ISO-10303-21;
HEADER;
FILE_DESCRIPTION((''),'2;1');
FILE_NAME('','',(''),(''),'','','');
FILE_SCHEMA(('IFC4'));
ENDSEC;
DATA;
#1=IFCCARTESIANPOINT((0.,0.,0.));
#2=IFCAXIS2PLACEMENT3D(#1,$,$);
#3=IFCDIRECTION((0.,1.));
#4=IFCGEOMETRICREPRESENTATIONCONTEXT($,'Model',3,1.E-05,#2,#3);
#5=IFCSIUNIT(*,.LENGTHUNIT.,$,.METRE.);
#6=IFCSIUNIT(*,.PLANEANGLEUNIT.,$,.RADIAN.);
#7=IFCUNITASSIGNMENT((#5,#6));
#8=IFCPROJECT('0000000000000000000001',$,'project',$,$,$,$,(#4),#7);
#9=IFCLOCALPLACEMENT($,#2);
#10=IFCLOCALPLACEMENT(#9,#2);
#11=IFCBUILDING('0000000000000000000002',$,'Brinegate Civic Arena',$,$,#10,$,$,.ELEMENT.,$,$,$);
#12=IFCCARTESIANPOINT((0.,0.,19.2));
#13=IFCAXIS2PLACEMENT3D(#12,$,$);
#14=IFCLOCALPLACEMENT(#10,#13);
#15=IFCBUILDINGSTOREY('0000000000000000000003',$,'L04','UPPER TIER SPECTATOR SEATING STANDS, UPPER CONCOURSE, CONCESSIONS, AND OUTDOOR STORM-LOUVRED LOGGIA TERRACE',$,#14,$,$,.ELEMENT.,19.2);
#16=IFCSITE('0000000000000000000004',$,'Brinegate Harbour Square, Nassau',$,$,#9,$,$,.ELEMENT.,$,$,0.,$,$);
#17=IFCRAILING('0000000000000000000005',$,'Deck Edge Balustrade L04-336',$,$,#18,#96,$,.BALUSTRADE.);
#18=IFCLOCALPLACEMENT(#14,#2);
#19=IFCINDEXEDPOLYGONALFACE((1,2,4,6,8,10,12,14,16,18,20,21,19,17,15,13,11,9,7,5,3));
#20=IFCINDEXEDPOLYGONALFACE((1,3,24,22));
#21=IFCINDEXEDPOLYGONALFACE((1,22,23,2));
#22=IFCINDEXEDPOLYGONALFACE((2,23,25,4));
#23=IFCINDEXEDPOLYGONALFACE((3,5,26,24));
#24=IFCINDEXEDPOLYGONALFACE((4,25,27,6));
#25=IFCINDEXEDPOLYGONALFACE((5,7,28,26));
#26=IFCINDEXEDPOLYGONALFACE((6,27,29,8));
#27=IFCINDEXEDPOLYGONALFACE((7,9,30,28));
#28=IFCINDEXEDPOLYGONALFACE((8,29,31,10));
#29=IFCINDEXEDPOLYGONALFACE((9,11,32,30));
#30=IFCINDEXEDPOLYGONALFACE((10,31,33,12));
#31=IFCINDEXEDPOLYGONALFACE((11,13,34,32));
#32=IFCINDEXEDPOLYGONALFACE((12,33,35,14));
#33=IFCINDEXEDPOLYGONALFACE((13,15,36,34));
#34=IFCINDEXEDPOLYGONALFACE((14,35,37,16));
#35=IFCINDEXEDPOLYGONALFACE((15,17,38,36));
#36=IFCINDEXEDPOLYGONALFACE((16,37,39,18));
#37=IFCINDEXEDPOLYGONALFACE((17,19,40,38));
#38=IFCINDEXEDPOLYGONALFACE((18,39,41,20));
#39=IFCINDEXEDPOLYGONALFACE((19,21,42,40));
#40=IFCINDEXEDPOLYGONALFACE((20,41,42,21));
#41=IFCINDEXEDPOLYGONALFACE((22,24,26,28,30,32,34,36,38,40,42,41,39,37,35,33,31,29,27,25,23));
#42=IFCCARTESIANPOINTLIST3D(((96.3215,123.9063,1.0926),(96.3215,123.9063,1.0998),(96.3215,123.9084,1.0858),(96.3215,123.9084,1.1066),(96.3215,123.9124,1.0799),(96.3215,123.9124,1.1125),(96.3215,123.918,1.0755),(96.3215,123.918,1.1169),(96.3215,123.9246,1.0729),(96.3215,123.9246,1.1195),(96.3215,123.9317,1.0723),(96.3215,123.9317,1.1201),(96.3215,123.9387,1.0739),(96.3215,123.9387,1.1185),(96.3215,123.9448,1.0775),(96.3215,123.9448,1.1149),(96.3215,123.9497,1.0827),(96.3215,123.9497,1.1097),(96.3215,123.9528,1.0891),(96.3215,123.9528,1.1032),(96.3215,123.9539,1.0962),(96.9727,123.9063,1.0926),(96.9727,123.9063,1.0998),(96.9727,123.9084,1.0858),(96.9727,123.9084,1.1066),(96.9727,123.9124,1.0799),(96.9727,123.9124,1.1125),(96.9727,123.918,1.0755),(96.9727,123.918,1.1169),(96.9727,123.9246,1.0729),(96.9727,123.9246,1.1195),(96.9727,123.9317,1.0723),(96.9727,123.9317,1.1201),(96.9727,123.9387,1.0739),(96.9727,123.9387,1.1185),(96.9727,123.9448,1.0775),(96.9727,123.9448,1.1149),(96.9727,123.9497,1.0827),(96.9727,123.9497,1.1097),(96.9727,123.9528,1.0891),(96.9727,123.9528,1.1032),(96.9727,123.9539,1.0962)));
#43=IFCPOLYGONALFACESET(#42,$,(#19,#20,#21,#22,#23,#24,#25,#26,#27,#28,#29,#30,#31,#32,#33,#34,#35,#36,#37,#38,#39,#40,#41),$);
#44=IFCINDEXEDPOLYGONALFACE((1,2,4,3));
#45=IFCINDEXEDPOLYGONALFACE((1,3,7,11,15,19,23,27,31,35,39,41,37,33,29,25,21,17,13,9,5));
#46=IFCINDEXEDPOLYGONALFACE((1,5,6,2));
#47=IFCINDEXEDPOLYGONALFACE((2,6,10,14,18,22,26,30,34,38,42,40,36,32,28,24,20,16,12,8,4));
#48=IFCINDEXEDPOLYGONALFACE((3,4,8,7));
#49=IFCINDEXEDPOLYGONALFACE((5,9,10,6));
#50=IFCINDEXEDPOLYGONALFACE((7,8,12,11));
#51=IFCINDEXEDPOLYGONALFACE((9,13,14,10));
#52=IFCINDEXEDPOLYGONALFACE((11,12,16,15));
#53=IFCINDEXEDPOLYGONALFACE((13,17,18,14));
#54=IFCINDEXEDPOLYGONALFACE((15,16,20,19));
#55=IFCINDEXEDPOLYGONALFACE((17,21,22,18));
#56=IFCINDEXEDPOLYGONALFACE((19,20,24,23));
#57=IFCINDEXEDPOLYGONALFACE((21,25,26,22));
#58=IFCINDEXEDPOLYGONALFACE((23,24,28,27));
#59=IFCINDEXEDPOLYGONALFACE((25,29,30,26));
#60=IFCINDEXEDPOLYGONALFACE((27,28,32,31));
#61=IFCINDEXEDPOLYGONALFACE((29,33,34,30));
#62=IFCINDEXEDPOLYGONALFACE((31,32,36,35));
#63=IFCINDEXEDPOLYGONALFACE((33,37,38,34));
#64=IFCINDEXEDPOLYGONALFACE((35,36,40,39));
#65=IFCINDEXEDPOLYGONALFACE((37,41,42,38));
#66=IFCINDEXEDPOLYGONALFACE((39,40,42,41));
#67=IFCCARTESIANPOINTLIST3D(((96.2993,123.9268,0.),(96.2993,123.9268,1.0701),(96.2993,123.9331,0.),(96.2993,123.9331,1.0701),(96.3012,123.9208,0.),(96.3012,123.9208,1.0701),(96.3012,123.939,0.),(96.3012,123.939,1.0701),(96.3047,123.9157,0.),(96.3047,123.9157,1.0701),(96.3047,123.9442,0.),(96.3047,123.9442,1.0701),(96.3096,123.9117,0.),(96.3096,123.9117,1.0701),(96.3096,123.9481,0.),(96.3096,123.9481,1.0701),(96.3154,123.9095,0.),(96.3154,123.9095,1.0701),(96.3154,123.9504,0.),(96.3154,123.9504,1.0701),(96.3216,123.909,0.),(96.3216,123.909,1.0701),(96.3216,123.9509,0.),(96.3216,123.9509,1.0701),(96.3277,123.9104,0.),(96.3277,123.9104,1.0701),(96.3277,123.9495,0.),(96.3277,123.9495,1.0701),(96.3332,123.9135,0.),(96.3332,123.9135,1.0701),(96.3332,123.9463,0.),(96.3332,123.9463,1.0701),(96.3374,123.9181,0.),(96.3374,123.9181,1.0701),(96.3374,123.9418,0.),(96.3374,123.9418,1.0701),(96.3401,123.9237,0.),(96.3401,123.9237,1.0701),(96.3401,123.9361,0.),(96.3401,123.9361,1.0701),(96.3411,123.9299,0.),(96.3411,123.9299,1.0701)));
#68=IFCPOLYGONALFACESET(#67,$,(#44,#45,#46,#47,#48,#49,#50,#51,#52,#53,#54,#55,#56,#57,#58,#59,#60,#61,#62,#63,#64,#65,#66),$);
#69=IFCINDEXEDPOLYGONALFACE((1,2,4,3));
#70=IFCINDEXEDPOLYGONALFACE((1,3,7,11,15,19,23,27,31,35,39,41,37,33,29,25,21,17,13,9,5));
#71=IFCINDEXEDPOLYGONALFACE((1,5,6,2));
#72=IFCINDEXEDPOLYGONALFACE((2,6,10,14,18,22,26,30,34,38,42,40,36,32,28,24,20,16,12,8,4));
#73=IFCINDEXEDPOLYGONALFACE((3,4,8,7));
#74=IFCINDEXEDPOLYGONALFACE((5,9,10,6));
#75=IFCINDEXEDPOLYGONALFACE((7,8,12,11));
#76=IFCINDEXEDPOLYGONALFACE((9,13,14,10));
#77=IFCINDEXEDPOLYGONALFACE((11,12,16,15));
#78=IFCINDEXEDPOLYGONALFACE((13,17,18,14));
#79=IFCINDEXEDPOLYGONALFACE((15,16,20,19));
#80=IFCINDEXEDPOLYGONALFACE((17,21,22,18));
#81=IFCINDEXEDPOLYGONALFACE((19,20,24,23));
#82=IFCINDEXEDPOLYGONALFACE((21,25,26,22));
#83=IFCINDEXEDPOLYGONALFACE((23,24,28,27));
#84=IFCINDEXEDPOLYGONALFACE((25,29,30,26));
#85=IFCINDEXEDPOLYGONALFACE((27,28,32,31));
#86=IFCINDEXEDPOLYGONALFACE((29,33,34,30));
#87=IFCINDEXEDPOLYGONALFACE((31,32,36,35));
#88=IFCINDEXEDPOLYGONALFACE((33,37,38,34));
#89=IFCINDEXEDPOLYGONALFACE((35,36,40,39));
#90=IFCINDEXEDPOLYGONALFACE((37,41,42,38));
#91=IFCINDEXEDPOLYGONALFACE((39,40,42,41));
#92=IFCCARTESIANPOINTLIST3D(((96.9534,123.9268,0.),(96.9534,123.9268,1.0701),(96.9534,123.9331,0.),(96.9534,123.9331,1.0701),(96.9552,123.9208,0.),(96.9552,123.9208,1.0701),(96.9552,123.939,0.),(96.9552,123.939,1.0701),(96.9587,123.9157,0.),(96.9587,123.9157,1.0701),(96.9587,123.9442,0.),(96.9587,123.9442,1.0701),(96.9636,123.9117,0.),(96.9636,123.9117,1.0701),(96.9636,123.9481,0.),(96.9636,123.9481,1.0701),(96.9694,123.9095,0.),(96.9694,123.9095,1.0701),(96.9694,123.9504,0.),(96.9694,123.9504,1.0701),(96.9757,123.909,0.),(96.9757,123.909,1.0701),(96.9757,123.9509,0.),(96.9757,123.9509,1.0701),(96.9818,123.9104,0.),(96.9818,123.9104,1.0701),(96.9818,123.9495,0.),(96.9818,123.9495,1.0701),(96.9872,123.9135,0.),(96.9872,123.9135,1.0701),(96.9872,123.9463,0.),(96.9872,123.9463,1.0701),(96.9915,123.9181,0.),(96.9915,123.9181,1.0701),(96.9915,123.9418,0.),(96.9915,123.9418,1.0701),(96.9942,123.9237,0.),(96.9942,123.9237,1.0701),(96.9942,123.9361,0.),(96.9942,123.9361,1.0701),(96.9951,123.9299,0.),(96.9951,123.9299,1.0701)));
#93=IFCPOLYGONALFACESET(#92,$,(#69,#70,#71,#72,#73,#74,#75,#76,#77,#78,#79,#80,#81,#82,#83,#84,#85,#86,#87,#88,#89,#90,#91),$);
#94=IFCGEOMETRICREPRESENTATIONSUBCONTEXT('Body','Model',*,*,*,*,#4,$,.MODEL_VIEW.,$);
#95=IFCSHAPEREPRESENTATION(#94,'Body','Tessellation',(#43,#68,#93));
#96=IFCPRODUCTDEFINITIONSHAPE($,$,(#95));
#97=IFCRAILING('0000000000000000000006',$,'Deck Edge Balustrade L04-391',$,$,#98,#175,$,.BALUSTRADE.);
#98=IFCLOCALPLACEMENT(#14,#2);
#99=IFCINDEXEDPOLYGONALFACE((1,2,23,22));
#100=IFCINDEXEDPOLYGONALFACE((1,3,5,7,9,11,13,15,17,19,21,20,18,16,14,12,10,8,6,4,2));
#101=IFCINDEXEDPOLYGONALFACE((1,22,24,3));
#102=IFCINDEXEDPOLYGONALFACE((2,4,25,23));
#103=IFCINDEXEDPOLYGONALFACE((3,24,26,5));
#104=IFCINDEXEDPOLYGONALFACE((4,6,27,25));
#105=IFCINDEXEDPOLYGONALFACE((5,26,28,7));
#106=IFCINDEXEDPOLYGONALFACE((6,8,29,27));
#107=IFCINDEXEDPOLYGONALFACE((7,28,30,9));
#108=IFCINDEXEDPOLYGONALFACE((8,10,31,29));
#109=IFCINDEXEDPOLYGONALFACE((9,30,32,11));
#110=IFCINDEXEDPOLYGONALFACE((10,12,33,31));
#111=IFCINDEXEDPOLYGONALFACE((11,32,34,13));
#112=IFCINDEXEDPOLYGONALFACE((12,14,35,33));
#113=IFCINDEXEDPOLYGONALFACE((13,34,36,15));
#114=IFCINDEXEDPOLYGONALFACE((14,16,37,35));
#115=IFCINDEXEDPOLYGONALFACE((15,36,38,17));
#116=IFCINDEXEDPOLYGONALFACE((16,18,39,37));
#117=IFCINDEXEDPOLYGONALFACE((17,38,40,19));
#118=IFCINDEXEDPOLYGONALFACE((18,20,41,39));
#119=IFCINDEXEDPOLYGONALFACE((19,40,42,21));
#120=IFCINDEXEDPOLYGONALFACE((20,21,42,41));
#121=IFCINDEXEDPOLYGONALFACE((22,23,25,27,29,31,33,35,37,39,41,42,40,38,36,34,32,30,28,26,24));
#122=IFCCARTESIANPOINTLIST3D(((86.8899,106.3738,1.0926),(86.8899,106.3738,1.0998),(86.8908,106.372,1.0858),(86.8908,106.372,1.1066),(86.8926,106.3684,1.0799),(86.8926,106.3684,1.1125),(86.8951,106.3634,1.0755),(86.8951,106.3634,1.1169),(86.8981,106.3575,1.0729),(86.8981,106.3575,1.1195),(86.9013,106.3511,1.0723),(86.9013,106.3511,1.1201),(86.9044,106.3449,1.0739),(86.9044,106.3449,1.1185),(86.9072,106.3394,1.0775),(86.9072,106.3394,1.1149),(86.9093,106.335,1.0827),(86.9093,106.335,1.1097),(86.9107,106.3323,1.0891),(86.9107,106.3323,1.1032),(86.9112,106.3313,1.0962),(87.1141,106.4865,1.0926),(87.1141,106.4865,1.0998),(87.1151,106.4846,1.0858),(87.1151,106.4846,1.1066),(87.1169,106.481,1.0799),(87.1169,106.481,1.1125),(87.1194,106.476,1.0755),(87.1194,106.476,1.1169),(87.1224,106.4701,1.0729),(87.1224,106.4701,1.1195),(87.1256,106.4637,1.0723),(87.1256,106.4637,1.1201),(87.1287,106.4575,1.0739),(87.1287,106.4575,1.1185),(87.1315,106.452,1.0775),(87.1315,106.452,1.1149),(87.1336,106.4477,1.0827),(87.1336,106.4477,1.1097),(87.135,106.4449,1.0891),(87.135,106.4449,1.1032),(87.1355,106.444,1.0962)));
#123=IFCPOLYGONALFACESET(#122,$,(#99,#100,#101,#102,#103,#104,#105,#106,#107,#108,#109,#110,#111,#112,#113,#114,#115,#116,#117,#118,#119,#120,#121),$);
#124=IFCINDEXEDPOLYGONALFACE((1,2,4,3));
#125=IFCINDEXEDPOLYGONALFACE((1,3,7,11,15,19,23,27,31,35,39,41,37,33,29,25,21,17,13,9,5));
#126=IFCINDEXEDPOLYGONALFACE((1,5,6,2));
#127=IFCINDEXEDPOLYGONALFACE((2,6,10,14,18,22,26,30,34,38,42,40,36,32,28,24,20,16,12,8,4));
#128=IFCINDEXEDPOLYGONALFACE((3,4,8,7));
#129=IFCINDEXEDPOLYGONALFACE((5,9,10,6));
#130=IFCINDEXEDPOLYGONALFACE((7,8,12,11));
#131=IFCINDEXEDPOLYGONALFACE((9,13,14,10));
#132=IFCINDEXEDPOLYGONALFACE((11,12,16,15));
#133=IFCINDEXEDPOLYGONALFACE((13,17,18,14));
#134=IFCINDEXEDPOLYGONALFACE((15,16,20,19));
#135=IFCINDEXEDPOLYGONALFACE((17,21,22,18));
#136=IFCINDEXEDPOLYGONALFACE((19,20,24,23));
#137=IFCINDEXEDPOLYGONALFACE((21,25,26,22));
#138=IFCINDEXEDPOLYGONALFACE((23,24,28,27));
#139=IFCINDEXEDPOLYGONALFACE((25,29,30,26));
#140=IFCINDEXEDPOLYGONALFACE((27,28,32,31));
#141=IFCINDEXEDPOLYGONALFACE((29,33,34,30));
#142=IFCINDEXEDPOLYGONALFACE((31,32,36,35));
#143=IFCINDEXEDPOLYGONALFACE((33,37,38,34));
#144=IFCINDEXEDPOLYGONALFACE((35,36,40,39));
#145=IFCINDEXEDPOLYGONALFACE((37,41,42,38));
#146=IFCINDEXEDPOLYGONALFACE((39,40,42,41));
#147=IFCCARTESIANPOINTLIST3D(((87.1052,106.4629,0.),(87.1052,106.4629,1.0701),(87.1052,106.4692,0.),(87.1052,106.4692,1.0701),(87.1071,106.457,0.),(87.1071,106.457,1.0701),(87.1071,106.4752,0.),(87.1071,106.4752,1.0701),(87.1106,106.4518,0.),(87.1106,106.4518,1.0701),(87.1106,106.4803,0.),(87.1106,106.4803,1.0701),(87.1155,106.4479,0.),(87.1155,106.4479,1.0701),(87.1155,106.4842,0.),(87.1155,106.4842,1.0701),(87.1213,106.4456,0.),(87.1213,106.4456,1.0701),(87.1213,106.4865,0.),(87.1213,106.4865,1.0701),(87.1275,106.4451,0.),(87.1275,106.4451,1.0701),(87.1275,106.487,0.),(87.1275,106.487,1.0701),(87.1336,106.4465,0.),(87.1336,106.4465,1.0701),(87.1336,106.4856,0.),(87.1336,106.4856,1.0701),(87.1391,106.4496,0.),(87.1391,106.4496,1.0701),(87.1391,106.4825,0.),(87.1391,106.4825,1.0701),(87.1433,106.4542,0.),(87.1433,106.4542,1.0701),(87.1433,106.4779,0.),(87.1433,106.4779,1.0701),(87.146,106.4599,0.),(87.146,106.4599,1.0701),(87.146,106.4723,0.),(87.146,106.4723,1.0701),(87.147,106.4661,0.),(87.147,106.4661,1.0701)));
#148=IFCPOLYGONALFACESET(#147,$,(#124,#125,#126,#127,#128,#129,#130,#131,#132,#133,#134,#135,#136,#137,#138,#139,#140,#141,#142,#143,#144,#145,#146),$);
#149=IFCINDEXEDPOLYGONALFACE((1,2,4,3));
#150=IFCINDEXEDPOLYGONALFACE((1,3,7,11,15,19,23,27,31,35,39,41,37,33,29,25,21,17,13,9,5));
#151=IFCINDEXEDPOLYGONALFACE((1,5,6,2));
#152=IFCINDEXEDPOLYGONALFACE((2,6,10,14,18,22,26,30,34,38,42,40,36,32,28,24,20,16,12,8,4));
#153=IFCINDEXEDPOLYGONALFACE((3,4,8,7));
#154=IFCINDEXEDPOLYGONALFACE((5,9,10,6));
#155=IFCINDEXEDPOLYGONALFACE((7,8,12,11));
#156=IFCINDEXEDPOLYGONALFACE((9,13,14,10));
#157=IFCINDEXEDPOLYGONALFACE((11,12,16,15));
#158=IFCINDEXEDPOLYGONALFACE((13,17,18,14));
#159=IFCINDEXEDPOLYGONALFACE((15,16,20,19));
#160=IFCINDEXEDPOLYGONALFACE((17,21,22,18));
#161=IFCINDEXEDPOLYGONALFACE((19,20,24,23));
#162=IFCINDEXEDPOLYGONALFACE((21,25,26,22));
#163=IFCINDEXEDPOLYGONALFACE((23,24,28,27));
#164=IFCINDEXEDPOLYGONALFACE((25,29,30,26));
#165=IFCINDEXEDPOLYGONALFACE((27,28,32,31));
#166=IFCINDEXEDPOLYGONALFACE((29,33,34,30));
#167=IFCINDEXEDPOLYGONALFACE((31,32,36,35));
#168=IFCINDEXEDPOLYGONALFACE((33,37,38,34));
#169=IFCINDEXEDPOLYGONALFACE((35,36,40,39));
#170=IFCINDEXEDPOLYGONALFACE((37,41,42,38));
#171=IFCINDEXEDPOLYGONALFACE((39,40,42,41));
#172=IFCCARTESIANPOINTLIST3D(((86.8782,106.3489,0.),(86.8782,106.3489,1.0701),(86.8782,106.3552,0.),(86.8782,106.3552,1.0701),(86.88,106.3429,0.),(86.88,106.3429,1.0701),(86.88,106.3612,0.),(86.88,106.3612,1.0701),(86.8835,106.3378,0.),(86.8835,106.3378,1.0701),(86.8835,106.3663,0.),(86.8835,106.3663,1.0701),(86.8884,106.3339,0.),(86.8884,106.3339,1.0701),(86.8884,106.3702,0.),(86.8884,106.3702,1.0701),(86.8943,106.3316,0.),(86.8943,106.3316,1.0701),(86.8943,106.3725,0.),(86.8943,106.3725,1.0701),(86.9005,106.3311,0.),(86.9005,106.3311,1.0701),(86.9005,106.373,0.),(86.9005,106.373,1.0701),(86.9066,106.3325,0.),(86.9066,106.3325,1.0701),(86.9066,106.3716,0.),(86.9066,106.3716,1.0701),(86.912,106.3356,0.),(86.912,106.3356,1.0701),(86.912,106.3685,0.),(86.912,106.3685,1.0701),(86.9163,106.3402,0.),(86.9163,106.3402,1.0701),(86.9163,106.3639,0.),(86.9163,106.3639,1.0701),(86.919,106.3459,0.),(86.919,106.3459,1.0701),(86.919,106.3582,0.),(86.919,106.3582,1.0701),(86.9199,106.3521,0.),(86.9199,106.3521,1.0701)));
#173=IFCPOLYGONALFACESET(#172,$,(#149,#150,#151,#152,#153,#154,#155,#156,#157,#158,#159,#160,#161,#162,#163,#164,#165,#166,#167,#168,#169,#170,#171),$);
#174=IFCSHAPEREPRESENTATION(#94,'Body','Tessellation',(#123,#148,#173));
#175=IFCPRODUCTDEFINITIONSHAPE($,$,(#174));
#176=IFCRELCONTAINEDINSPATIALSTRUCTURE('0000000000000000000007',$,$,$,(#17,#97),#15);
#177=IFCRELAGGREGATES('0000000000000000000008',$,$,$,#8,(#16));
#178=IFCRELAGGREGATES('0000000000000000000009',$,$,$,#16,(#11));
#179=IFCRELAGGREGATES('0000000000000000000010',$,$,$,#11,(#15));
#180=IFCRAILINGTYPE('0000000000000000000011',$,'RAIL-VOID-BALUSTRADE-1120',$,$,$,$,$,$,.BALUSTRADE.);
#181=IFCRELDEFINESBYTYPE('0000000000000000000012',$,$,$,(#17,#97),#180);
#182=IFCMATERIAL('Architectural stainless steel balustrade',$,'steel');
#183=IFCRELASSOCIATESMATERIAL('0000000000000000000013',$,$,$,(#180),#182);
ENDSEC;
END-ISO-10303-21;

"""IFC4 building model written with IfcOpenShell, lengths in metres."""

from ifc_helpers import new_model, si_unit, direction, frame, origin, origin_2d, place, context, subcontext, project, spatial, circle, extrude, material, type_object, element, save


model = new_model("IFC4")

# Units and contexts
model_context = context("Model", 3, precision=1e-05, world=origin(), true_north=direction((0.0, 1.0)))
body_context = subcontext(model_context, "Body", "Model", "MODEL_VIEW")
ifc_project = project(units=[si_unit("LENGTHUNIT", "METRE"), si_unit("PLANEANGLEUNIT", "RADIAN")], contexts=[model_context])

# Site, building, storey
site_placement = place(None, origin())
site = spatial("IfcSite", under=ifc_project, at=site_placement, Name="Brinegate Harbour Square, Nassau", CompositionType="ELEMENT", RefElevation=0.0)
building_placement = place(site_placement, origin())
building = spatial("IfcBuilding", under=site, at=building_placement, Name="Brinegate Civic Arena", CompositionType="ELEMENT")
storey_placement = place(building_placement, frame((0.0, 0.0, 19.2)))
storey = spatial("IfcBuildingStorey", under=building, at=storey_placement, Name="L04", Description="UPPER TIER SPECTATOR SEATING STANDS, UPPER CONCOURSE, CONCESSIONS, AND OUTDOOR STORM-LOUVRED LOGGIA TERRACE", CompositionType="ELEMENT", Elevation=19.2)

# Shared definitions
ifc_material_1 = material(Name="Architectural stainless steel balustrade", Category="steel")

# Railings
railing_type_1 = type_object("IfcRailingType", Name="RAIL-VOID-BALUSTRADE-1120", PredefinedType="BALUSTRADE", material=ifc_material_1)
for number, where, name in (
    (1, (96.3201, 123.9299, 0.0), "Deck Edge Balustrade L04-336"),
):
    element("IfcRailing", number, at=place(storey_placement, frame(where)), inside=storey, type_object=railing_type_1, Name=name, PredefinedType="BALUSTRADE", context=body_context, shape_type="SweptSolid", body=[
        extrude(circle(Radius=0.0239, at=origin_2d()), frame((0.0015, 0.0, 1.0962), z_axis=(1.0, 0.0, 0.0), x_axis=(0.0, 1.0, 0.0)), (0.0, 0.0, 1.0), 0.6511),
        extrude(circle(Radius=0.021, at=origin_2d()), origin(), (0.0, 0.0, 1.0), 1.0701),
        extrude(circle(Radius=0.021, at=origin_2d()), frame((0.6541, 0.0, 0.0)), (0.0, 0.0, 1.0), 1.0701),
    ])
railing_1_placement = place(storey_placement, frame((87.126, 106.4661, 0.0)))
element("IfcRailing", 2, at=railing_1_placement, inside=storey, type_object=railing_type_1, Name="Deck Edge Balustrade L04-391", PredefinedType="BALUSTRADE", context=body_context, shape_type="SweptSolid", body=[
    extrude(circle(Radius=0.0239, at=origin_2d()), frame((-0.0012, -0.0007, 1.0962), z_axis=(-0.893657, -0.44875, 0.0), x_axis=(0.44875, -0.893657, 0.0)), (0.0, 0.0, 1.0), 0.251),
    extrude(circle(Radius=0.021, at=origin_2d()), origin(), (0.0, 0.0, 1.0), 1.0701),
    extrude(circle(Radius=0.021, at=origin_2d()), frame((-0.2271, -0.114, 0.0)), (0.0, 0.0, 1.0), 1.0701),
])

save(model, "model.ifc")
